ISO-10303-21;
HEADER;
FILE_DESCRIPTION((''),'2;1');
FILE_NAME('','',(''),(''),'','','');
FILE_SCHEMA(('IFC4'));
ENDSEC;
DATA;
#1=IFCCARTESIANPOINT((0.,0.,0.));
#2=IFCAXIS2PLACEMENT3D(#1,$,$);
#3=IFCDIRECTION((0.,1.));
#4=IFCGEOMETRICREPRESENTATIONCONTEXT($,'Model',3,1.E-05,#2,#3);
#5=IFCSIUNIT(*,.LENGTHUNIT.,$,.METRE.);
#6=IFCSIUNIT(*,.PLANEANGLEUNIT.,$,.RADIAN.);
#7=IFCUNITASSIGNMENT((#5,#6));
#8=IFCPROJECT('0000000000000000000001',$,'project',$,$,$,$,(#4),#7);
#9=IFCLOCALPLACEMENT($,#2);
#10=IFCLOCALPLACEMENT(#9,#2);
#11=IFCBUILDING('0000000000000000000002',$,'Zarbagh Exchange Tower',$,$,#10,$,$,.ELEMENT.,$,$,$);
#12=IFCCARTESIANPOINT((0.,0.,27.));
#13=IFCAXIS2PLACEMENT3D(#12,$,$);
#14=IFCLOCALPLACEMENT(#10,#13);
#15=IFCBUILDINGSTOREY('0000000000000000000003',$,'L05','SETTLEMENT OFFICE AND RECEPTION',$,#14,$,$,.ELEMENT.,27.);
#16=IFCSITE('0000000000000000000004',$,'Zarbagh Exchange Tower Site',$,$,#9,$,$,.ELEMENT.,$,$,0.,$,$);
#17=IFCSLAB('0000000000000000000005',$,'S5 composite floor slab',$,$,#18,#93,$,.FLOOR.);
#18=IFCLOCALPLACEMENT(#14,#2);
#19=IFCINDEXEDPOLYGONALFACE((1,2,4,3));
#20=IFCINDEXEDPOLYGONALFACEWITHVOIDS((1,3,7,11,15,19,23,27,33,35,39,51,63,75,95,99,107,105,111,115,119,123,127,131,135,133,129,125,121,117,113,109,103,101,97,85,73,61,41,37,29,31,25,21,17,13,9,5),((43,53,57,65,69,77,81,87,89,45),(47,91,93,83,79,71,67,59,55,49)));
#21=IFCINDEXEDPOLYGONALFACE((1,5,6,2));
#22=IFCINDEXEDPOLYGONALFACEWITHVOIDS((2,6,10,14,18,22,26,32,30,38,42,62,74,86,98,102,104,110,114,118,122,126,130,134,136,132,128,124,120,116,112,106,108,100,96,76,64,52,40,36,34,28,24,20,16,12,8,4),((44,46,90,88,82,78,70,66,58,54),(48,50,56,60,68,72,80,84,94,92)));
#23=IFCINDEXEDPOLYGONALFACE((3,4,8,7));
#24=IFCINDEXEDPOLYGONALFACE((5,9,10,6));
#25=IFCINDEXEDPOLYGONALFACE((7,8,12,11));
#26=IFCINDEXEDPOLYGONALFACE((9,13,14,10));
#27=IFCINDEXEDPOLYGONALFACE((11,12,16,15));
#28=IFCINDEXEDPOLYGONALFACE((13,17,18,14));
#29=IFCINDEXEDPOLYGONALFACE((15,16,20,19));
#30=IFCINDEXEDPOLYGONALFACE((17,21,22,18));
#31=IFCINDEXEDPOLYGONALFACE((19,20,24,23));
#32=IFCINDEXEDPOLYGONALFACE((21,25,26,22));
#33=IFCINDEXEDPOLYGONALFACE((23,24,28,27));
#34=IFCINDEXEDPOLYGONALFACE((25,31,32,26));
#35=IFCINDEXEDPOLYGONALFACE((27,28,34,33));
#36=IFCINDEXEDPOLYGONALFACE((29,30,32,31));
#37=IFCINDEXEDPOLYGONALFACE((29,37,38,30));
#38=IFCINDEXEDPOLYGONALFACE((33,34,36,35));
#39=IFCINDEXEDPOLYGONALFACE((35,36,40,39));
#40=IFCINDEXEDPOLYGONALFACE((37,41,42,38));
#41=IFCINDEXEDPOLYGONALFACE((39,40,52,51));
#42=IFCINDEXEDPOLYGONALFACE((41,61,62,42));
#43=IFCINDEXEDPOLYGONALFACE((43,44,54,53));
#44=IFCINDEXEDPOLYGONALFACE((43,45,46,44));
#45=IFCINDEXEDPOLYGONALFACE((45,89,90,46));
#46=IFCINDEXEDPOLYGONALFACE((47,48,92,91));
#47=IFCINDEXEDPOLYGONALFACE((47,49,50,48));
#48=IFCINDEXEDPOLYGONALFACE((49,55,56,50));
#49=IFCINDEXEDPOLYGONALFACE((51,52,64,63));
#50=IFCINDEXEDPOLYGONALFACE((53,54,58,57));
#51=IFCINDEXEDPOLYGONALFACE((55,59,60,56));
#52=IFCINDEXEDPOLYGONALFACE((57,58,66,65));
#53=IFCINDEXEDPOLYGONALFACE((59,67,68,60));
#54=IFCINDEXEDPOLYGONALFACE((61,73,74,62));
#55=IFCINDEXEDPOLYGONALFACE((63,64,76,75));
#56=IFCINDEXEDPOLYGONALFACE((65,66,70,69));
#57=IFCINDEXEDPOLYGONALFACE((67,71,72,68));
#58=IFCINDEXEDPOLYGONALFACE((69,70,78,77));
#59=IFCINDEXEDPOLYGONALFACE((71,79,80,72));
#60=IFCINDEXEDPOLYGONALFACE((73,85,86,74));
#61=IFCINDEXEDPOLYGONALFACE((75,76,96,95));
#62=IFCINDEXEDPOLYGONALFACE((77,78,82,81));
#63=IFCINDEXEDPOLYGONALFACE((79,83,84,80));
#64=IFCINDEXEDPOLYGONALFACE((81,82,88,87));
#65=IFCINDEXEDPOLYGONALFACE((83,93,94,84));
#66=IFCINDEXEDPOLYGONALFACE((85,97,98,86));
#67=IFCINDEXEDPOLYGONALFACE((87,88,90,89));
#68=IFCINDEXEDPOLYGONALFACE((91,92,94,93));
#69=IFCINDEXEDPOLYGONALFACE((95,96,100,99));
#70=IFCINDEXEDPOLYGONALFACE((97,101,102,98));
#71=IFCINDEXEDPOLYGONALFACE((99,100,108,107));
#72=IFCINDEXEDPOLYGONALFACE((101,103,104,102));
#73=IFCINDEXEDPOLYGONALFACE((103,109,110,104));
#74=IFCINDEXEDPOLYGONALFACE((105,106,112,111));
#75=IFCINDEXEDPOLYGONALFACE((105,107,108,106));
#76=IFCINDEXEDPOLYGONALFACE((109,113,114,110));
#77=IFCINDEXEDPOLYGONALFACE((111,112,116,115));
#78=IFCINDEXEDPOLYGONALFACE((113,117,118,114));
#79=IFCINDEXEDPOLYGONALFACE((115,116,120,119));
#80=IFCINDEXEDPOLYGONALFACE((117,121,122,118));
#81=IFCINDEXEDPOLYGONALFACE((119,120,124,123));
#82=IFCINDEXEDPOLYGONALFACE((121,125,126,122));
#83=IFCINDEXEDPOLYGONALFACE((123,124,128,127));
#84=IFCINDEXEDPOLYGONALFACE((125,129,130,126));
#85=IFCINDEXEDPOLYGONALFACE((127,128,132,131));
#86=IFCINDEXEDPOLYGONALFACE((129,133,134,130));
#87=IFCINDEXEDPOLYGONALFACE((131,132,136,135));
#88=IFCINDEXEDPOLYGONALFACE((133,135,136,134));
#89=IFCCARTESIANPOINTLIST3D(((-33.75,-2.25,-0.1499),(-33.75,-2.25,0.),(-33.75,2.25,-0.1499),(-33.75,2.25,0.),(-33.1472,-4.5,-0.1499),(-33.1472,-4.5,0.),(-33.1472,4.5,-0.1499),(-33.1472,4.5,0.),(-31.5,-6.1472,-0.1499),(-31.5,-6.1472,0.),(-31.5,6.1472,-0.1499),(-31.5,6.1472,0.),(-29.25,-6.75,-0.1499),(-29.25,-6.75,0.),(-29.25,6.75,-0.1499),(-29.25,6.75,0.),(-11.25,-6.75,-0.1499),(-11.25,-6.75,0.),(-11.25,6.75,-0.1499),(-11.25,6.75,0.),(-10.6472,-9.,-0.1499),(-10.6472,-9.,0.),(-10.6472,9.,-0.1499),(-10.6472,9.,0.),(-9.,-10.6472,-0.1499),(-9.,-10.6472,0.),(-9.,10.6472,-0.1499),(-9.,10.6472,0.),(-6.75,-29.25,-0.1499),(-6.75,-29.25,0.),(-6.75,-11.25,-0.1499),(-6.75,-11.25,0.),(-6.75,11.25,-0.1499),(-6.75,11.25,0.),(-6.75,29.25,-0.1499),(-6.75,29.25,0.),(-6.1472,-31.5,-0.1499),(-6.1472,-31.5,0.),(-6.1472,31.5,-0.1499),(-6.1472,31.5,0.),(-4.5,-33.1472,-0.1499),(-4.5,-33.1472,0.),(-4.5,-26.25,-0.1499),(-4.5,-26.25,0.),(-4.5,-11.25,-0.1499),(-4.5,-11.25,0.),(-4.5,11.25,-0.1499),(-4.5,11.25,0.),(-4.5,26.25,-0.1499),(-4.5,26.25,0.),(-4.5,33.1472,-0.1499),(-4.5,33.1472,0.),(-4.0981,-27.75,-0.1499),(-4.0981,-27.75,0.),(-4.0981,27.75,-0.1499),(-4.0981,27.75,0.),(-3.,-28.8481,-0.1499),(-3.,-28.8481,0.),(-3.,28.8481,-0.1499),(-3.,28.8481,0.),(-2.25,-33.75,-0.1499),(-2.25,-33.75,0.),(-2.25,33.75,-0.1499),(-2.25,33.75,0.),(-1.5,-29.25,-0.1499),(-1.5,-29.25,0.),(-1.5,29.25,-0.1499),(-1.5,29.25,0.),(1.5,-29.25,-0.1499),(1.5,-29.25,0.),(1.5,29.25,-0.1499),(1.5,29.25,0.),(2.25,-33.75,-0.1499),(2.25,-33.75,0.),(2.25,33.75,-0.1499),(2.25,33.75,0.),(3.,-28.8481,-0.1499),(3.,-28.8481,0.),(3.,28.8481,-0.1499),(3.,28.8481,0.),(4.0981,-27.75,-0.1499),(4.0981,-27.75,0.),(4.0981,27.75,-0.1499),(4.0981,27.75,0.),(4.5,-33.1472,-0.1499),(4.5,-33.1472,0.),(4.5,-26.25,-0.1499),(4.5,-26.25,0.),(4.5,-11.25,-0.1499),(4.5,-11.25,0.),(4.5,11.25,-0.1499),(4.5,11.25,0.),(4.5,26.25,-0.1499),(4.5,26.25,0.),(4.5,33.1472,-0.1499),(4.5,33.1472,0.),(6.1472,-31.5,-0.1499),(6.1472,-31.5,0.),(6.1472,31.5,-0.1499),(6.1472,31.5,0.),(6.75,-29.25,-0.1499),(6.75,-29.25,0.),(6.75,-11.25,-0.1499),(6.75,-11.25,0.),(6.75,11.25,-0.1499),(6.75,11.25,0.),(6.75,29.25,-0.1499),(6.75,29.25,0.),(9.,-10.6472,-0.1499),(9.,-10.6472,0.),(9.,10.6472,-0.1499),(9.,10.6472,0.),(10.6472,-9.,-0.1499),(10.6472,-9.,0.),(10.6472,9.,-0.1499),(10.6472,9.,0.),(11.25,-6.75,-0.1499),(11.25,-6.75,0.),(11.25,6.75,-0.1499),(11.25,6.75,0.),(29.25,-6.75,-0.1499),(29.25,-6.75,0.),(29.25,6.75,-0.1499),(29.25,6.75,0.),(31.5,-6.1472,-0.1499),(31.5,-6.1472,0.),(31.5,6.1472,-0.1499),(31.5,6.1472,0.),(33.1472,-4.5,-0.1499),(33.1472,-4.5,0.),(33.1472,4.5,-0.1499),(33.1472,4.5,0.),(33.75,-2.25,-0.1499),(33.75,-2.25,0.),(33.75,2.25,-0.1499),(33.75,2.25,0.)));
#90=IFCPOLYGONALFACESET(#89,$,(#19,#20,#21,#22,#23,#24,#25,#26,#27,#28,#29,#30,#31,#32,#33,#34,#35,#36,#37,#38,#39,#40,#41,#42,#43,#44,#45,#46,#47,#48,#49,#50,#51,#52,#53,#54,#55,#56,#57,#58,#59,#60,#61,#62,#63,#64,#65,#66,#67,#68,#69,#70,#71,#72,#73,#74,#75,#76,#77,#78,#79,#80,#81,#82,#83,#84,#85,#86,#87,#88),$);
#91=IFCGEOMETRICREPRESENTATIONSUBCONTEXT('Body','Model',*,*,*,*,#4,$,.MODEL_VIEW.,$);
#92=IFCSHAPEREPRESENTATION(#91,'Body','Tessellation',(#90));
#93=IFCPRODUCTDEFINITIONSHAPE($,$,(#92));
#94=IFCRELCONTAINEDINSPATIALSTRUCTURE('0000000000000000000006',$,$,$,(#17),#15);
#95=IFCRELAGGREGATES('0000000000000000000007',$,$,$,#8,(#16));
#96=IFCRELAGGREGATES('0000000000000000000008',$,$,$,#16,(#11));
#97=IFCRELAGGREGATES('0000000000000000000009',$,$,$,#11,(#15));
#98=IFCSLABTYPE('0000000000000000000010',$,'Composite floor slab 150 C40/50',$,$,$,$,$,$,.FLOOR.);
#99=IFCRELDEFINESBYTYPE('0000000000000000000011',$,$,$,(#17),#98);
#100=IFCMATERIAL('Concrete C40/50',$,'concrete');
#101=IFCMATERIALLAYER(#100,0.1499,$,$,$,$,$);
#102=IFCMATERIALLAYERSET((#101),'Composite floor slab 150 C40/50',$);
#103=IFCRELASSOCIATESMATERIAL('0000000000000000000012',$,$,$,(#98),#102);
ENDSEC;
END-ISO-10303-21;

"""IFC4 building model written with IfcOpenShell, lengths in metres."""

from ifc_helpers import new_model, si_unit, direction, frame, origin, place, context, subcontext, project, spatial, polyline, outline, extrude, material, layer, layer_set, type_object, element, save


model = new_model("IFC4")

# Units and contexts
model_context = context("Model", 3, precision=1e-05, world=origin(), true_north=direction((0.0, 1.0)))
body_context = subcontext(model_context, "Body", "Model", "MODEL_VIEW")
ifc_project = project(units=[si_unit("LENGTHUNIT", "METRE"), si_unit("PLANEANGLEUNIT", "RADIAN")], contexts=[model_context])

# Site, building, storey
site_placement = place(None, origin())
site = spatial("IfcSite", under=ifc_project, at=site_placement, Name="Zarbagh Exchange Tower Site", CompositionType="ELEMENT", RefElevation=0.0)
building_placement = place(site_placement, origin())
building = spatial("IfcBuilding", under=site, at=building_placement, Name="Zarbagh Exchange Tower", CompositionType="ELEMENT")
storey_placement = place(building_placement, frame((0.0, 0.0, 27.0)))
storey = spatial("IfcBuildingStorey", under=building, at=storey_placement, Name="L05", Description="SETTLEMENT OFFICE AND RECEPTION", CompositionType="ELEMENT", Elevation=27.0)

# Slab
ifc_material_1 = material(Name="Concrete C40/50", Category="concrete")
ifc_layer_1 = layer(ifc_material_1, 0.1499)
ifc_layer_set_1 = layer_set([ifc_layer_1], Name="Composite floor slab 150 C40/50")
slab_type_1 = type_object("IfcSlabType", Name="Composite floor slab 150 C40/50", PredefinedType="FLOOR", material=ifc_layer_set_1)
slab_1_placement = place(storey_placement, frame((0.0, 0.0, -0.1499)))
element("IfcSlab", 1, at=slab_1_placement, inside=storey, type_object=slab_type_1, Name="S5 composite floor slab", PredefinedType="FLOOR", context=body_context, shape_type="SweptSolid", body=[
    extrude(outline(polyline([(-2.25, -33.75), (-4.5, -33.1472), (-6.1472, -31.5), (-6.75, -29.25), (-6.75, -11.25), (-9.0, -10.6472), (-10.6472, -9.0), (-11.25, -6.75), (-29.25, -6.75), (-31.5, -6.1472), (-33.1472, -4.5), (-33.75, -2.25), (-33.75, 2.25), (-33.1472, 4.5), (-31.5, 6.1472), (-29.25, 6.75), (-11.25, 6.75), (-10.6472, 9.0), (-9.0, 10.6472), (-6.75, 11.25), (-6.75, 29.25), (-6.1472, 31.5), (-4.5, 33.1472), (-2.25, 33.75), (2.25, 33.75), (4.5, 33.1472), (6.1472, 31.5), (6.75, 29.25), (6.75, 11.25), (9.0, 10.6472), (10.6472, 9.0), (11.25, 6.75), (29.25, 6.75), (31.5, 6.1472), (33.1472, 4.5), (33.75, 2.25), (33.75, -2.25), (33.1472, -4.5), (31.5, -6.1472), (29.25, -6.75), (11.25, -6.75), (10.6472, -9.0), (9.0, -10.6472), (6.75, -11.25), (6.75, -29.25), (6.1472, -31.5), (4.5, -33.1472), (2.25, -33.75), (-2.25, -33.75)]), holes=[polyline([(4.5, 11.25), (4.5, 26.25), (4.0981, 27.75), (3.0, 28.8481), (1.5, 29.25), (-1.5, 29.25), (-3.0, 28.8481), (-4.0981, 27.75), (-4.5, 26.25), (-4.5, 11.25), (4.5, 11.25)]), polyline([(-1.5, -29.25), (1.5, -29.25), (3.0, -28.8481), (4.0981, -27.75), (4.5, -26.25), (4.5, -11.25), (-4.5, -11.25), (-4.5, -26.25), (-4.0981, -27.75), (-3.0, -28.8481), (-1.5, -29.25)])]), origin(), (0.0, 0.0, 1.0), 0.1499),
])

save(model, "model.ifc")
